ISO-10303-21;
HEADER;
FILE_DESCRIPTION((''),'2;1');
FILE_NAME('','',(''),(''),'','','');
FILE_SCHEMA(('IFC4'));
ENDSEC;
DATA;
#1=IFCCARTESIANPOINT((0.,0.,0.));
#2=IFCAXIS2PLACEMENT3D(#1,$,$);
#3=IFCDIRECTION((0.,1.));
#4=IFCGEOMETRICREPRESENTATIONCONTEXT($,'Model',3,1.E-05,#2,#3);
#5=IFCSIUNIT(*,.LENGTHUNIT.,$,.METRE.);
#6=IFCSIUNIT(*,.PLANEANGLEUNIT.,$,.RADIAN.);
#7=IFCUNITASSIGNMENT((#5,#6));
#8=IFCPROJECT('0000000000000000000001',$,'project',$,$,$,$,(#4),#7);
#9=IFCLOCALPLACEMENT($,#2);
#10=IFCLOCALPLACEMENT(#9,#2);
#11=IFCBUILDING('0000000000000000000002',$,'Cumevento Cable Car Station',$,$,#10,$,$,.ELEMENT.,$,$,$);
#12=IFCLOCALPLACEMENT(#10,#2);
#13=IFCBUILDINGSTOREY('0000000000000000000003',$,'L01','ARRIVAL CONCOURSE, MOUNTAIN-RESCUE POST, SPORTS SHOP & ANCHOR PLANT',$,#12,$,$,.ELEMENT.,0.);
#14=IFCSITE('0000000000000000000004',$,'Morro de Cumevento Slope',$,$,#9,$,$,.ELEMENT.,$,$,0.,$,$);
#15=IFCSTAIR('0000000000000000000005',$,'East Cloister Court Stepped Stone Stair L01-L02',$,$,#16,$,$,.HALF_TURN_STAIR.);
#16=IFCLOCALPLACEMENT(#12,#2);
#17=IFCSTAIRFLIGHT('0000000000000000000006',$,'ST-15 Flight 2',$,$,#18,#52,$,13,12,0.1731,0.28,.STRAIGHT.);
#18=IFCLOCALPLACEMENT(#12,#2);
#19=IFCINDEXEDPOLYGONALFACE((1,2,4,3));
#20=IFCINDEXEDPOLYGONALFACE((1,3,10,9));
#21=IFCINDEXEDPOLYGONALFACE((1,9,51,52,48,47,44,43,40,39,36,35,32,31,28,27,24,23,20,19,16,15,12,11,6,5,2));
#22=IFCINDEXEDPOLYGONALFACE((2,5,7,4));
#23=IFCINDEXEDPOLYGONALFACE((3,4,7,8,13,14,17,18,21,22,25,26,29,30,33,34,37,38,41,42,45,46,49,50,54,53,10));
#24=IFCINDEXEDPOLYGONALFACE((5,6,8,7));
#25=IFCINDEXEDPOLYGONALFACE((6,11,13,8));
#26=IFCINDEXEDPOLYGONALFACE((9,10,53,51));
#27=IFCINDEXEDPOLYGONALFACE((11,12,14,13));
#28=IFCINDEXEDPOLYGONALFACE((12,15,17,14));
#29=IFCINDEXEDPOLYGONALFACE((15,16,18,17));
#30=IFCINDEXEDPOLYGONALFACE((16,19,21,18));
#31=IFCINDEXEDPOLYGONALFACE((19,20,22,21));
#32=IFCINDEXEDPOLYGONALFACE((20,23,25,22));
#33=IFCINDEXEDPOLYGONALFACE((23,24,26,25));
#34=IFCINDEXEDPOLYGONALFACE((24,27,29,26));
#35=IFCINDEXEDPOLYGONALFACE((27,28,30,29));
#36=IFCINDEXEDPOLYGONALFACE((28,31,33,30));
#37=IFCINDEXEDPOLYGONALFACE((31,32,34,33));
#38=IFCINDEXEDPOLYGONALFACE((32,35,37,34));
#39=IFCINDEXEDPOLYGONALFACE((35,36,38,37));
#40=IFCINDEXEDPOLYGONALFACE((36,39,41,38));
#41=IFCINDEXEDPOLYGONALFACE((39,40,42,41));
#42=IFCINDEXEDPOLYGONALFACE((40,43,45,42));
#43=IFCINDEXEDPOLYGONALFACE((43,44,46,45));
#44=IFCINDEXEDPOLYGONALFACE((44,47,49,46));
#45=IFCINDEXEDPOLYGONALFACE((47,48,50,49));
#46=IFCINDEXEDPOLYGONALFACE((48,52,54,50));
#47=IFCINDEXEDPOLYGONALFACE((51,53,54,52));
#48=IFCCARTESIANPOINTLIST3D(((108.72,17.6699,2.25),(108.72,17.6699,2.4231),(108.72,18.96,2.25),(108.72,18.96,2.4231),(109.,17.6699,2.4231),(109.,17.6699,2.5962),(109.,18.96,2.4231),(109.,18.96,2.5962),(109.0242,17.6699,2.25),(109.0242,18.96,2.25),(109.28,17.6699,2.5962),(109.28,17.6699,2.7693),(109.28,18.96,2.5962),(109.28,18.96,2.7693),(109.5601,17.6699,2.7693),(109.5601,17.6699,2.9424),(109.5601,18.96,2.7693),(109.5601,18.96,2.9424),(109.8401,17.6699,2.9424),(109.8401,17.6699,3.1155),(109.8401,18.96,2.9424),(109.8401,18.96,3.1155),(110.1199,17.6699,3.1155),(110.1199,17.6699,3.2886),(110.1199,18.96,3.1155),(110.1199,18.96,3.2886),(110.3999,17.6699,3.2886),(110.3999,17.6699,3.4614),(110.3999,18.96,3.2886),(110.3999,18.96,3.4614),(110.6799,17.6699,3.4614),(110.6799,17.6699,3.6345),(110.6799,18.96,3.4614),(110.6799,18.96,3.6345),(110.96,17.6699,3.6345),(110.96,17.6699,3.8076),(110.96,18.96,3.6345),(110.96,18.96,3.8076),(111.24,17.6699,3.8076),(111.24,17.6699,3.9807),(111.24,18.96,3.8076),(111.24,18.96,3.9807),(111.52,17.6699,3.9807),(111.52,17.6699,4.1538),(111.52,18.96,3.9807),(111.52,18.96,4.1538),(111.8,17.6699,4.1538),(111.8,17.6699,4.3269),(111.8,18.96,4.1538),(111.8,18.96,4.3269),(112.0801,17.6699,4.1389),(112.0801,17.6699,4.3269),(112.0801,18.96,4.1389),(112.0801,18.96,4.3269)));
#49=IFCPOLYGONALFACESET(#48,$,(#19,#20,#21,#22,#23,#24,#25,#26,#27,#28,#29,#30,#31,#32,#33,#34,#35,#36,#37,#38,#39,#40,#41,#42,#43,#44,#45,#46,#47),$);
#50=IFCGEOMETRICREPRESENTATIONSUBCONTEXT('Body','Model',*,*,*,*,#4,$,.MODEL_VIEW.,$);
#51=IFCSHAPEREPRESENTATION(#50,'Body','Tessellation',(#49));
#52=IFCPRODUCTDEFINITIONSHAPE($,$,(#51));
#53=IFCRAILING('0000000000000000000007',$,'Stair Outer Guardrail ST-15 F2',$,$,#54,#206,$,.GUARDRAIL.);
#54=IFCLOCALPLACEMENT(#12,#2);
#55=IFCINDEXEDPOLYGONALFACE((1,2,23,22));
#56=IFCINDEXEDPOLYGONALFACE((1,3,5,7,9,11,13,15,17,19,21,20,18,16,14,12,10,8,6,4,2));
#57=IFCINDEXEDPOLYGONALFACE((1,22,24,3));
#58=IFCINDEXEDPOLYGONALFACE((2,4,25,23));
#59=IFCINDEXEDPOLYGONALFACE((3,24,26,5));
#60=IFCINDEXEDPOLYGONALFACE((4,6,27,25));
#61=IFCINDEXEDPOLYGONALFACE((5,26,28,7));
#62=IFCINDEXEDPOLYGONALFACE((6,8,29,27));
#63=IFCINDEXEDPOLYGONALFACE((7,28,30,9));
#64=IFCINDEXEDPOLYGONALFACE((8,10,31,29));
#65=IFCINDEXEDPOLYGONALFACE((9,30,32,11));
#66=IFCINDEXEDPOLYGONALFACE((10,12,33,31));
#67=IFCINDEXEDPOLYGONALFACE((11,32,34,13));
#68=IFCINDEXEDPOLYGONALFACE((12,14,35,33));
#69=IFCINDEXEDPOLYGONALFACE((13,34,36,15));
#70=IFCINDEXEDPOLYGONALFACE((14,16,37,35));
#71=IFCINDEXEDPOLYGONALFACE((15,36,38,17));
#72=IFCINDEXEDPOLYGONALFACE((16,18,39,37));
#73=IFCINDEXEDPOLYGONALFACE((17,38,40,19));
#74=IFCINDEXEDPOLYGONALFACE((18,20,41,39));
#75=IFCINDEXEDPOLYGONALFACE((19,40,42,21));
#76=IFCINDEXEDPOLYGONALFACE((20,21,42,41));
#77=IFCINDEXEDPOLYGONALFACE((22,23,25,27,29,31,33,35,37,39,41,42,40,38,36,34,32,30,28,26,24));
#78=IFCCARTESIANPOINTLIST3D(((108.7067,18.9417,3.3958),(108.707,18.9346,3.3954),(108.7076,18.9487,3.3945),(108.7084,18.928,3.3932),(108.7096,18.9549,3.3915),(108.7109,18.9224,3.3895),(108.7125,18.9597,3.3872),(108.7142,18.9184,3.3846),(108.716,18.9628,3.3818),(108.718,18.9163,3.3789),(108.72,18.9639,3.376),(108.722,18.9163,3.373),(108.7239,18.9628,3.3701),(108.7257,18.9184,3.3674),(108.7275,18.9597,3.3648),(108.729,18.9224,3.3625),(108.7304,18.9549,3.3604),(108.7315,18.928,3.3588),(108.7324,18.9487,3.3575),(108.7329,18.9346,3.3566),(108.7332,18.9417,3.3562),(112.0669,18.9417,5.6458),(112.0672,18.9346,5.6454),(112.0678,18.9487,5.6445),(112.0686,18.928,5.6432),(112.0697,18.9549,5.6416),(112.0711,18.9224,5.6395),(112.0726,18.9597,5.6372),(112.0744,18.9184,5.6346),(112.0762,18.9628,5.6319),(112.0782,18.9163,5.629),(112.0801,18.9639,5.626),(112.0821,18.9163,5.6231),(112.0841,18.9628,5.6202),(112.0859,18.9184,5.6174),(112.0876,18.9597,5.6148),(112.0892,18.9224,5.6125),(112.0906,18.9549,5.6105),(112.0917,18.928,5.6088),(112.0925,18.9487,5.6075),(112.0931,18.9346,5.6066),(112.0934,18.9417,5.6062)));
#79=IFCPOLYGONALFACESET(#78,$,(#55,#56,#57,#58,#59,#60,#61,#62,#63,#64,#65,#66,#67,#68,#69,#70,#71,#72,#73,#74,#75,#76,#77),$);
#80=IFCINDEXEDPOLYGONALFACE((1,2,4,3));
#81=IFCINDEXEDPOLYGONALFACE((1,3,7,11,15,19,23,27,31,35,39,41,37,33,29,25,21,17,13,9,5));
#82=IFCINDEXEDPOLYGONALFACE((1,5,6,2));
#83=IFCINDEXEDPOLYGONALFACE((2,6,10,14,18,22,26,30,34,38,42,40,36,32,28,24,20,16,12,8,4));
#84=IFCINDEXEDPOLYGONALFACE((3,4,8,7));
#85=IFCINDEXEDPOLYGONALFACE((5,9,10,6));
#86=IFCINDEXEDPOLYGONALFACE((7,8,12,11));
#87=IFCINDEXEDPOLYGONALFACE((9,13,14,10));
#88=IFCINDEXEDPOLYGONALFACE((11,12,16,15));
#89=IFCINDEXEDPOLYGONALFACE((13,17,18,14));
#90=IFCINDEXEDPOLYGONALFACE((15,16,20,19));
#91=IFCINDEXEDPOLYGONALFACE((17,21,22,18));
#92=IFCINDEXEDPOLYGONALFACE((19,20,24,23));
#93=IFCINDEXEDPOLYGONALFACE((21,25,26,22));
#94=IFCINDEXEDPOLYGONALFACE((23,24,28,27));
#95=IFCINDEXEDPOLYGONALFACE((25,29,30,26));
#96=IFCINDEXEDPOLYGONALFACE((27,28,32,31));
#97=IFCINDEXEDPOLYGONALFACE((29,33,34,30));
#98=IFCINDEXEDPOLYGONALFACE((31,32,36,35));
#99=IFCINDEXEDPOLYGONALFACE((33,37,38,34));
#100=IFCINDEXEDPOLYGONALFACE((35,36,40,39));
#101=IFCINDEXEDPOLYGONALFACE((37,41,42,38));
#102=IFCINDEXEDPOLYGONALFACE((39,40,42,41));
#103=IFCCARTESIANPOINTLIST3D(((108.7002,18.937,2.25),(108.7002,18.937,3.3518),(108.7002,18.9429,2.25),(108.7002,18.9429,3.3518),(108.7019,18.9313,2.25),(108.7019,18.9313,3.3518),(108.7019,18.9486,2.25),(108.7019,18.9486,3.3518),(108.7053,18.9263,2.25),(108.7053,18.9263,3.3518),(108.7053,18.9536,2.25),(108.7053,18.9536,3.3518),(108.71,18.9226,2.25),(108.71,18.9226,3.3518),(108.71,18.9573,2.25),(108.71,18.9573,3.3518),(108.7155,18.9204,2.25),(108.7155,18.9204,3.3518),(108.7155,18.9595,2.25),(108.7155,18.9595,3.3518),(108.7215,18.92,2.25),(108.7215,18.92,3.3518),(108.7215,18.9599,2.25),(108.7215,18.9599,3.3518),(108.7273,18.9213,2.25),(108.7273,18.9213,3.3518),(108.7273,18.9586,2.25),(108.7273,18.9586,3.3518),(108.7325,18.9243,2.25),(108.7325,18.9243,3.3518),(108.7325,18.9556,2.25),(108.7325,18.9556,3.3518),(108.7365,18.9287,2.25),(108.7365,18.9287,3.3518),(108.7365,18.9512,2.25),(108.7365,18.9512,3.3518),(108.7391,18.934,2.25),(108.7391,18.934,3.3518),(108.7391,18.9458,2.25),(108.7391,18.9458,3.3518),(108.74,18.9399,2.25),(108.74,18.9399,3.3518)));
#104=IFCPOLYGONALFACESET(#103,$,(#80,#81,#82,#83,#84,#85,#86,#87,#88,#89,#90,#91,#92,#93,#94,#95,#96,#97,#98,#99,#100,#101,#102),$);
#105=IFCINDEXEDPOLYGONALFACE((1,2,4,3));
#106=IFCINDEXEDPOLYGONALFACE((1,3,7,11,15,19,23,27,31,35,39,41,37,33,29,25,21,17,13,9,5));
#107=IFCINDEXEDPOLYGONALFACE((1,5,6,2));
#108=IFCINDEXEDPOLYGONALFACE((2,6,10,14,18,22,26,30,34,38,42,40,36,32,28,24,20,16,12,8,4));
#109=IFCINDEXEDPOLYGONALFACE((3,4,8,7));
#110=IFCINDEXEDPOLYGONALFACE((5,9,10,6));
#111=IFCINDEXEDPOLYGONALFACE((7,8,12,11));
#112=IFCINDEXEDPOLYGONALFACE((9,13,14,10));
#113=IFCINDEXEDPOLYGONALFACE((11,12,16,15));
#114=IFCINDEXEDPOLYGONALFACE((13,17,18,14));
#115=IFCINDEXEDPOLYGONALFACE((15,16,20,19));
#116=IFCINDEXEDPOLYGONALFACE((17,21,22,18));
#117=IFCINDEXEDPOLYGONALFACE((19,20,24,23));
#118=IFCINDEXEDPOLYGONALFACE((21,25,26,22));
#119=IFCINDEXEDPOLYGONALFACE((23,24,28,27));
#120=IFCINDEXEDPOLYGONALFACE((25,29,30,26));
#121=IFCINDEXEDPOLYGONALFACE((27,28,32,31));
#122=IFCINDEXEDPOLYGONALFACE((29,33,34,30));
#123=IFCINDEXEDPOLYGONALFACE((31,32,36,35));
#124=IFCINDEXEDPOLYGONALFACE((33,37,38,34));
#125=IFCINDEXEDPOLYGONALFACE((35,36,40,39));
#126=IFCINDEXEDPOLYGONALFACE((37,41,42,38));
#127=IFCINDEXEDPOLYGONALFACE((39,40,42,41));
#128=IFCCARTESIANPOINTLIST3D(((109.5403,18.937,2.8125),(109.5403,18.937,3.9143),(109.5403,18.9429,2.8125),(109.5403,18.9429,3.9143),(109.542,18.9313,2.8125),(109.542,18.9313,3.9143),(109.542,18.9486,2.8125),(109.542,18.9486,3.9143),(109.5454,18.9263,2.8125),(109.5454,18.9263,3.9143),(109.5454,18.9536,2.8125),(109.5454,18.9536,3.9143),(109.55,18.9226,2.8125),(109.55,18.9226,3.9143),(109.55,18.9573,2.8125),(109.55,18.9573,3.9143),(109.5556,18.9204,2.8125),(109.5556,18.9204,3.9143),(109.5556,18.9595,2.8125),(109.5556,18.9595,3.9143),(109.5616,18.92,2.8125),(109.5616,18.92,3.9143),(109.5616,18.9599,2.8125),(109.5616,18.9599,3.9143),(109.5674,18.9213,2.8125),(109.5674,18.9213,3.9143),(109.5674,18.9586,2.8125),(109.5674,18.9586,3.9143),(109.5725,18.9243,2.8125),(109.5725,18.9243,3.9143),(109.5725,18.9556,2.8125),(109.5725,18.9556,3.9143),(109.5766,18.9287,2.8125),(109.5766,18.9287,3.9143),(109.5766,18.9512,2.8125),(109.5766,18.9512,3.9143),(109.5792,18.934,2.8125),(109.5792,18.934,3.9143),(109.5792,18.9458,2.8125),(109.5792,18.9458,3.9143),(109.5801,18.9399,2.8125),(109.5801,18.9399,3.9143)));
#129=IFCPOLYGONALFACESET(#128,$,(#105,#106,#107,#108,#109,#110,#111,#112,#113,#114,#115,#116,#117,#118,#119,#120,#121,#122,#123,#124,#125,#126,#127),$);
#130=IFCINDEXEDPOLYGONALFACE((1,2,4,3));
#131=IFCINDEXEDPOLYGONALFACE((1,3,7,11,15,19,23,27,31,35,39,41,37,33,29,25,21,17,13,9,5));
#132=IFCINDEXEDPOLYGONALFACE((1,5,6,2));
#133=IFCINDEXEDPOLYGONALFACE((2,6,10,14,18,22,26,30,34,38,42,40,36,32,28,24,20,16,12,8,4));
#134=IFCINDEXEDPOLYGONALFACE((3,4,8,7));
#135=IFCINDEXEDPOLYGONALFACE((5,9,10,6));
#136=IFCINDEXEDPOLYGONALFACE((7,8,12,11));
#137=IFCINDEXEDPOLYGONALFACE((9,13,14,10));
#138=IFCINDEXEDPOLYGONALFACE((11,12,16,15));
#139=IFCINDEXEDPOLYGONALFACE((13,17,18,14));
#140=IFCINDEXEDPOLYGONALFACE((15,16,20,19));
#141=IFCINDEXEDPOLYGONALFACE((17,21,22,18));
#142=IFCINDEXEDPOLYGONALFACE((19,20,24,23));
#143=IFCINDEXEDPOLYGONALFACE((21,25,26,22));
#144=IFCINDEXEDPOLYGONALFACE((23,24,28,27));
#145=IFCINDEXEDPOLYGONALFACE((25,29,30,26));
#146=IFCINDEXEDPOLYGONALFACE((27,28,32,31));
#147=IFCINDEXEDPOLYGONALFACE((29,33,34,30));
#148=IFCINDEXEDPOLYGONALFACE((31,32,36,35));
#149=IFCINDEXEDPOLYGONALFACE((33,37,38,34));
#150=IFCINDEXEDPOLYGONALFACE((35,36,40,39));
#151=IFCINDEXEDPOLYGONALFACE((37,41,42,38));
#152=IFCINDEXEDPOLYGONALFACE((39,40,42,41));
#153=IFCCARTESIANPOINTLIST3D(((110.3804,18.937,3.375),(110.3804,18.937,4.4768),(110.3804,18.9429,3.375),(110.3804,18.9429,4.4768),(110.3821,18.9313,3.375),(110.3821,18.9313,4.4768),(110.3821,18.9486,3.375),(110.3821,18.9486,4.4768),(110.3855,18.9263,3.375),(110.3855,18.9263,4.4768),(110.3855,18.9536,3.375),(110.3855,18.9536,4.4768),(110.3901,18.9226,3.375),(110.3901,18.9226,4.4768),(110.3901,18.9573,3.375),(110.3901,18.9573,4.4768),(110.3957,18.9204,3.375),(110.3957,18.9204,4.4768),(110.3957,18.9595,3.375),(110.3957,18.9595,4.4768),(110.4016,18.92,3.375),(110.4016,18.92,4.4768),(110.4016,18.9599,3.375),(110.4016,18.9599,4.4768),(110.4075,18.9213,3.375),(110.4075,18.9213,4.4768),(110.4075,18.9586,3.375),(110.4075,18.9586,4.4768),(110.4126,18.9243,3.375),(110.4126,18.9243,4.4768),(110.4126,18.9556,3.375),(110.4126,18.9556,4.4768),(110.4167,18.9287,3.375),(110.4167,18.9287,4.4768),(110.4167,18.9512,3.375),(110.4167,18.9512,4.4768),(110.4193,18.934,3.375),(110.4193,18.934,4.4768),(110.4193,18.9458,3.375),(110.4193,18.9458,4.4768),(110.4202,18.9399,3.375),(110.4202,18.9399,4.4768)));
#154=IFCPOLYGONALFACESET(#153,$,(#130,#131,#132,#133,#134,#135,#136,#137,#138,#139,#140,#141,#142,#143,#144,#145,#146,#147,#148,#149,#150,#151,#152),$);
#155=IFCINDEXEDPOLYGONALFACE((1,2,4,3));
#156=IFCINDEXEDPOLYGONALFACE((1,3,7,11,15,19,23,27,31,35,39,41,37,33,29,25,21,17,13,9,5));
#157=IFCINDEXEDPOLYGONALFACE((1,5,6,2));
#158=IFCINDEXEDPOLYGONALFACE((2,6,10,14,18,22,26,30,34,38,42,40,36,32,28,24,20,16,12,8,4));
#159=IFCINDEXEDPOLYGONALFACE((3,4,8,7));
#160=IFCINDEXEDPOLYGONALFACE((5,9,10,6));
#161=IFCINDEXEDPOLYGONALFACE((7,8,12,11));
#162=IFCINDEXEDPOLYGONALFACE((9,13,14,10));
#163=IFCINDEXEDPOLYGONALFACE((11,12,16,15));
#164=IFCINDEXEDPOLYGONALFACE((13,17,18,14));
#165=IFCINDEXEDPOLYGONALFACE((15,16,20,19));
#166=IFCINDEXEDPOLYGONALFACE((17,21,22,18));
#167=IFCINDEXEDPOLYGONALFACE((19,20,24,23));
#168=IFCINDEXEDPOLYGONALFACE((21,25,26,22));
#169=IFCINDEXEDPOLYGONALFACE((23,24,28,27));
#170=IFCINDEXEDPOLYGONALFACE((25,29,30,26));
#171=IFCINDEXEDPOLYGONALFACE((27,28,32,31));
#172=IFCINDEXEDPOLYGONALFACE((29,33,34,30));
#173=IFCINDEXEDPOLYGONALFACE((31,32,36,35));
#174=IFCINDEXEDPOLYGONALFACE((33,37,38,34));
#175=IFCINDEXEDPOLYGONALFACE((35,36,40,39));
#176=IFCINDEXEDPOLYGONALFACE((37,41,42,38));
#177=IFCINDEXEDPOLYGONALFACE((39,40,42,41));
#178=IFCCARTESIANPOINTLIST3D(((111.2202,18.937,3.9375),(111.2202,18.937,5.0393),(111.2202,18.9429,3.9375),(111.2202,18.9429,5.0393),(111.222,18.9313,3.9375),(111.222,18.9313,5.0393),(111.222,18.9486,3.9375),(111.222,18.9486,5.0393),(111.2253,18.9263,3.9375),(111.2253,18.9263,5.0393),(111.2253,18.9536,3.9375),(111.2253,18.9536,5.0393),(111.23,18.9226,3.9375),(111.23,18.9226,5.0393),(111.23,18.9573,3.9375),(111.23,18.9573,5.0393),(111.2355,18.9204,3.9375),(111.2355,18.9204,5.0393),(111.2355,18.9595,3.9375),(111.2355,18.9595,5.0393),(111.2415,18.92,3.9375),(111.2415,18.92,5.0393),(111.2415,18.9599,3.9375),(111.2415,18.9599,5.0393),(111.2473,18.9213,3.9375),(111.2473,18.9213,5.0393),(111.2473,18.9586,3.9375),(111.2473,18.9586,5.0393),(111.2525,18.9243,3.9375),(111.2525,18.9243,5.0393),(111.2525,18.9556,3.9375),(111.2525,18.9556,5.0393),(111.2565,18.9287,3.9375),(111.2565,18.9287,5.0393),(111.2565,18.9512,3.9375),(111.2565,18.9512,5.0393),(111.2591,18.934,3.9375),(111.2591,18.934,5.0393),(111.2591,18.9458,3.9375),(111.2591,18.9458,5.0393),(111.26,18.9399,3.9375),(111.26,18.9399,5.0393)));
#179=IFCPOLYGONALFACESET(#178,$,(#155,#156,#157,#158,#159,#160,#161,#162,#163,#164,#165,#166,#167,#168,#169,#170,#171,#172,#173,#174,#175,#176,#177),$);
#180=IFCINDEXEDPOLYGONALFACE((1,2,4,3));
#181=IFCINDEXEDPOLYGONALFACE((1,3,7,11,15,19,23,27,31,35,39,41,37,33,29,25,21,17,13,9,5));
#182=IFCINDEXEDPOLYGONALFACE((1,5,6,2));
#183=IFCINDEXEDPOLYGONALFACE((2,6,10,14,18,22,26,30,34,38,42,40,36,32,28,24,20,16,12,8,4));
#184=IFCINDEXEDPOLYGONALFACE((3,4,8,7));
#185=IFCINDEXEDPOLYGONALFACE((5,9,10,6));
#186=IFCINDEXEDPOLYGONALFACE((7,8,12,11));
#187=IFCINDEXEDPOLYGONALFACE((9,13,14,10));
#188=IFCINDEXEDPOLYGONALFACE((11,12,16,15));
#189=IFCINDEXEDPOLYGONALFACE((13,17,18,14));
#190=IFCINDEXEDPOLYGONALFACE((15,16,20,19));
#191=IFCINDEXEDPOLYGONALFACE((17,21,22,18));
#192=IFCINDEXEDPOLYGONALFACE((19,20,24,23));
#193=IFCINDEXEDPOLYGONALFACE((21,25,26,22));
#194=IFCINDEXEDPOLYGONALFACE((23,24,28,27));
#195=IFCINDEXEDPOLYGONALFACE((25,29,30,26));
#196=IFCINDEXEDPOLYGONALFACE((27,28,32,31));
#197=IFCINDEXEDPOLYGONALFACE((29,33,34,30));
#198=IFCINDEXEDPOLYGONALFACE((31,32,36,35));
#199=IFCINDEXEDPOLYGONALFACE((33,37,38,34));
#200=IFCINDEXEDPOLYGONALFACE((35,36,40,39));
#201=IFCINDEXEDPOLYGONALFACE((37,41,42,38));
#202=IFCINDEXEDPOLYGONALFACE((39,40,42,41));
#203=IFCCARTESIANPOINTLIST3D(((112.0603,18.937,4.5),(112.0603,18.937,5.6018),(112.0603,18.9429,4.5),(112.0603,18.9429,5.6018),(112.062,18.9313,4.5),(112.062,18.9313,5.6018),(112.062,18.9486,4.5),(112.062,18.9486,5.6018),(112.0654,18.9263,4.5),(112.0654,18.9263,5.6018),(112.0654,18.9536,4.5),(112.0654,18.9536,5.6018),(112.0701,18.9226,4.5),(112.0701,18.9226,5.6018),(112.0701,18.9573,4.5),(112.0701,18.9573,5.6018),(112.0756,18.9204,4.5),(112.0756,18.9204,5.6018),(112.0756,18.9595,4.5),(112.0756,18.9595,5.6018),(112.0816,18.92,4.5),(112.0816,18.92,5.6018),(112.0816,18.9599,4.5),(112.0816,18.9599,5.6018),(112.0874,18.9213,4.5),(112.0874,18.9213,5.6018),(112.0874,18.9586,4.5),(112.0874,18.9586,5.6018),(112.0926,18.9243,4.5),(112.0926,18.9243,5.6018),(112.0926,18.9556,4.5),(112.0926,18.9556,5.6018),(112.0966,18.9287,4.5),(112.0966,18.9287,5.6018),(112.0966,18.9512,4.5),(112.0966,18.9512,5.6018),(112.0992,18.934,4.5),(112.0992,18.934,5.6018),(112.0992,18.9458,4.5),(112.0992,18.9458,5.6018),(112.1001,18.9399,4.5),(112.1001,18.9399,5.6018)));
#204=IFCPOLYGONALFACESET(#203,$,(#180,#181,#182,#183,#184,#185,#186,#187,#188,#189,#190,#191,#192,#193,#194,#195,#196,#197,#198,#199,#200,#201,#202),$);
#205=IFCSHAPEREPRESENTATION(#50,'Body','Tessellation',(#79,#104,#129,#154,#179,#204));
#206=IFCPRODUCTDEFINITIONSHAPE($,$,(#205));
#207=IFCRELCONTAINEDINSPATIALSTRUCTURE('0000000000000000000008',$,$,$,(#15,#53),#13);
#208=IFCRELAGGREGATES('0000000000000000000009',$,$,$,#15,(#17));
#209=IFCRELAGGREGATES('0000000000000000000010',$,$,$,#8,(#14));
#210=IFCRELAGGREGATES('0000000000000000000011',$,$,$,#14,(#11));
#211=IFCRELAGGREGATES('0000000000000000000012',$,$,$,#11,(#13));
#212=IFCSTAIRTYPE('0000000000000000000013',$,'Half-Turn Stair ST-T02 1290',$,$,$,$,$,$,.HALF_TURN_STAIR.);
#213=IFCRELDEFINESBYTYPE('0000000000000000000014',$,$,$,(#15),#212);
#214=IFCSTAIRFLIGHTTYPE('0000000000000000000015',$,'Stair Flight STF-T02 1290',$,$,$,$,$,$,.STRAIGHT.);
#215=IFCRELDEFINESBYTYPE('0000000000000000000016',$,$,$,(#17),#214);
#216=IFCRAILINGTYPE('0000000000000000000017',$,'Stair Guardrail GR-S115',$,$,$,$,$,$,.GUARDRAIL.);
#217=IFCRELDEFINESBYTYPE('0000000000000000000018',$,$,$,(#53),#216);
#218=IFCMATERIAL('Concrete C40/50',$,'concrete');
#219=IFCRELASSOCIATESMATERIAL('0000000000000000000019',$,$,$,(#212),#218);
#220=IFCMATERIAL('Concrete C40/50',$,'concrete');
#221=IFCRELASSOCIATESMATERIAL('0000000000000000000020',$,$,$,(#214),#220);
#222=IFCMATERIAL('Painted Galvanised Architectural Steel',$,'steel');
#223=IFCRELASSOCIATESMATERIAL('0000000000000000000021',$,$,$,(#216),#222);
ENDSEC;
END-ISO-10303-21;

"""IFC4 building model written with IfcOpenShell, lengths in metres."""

from ifc_helpers import new_model, si_unit, direction, frame, origin, origin_2d, place, context, subcontext, project, spatial, polyline, circle, outline, extrude, material, type_object, element, aggregate, save


model = new_model("IFC4")

# Units and contexts
model_context = context("Model", 3, precision=1e-05, world=origin(), true_north=direction((0.0, 1.0)))
body_context = subcontext(model_context, "Body", "Model", "MODEL_VIEW")
ifc_project = project(units=[si_unit("LENGTHUNIT", "METRE"), si_unit("PLANEANGLEUNIT", "RADIAN")], contexts=[model_context])

# Site, building, storey
site_placement = place(None, origin())
site = spatial("IfcSite", under=ifc_project, at=site_placement, Name="Morro de Cumevento Slope", CompositionType="ELEMENT", RefElevation=0.0)
building_placement = place(site_placement, origin())
building = spatial("IfcBuilding", under=site, at=building_placement, Name="Cumevento Cable Car Station", CompositionType="ELEMENT")
storey_placement = place(building_placement, origin())
storey = spatial("IfcBuildingStorey", under=building, at=storey_placement, Name="L01", Description="ARRIVAL CONCOURSE, MOUNTAIN-RESCUE POST, SPORTS SHOP & ANCHOR PLANT", CompositionType="ELEMENT", Elevation=0.0)

# Stair, stair flight
ifc_material_1 = material(Name="Concrete C40/50", Category="concrete")
stair_type = type_object("IfcStairType", Name="Half-Turn Stair ST-T02 1290", PredefinedType="HALF_TURN_STAIR", material=ifc_material_1)
stair_placement = place(storey_placement, origin())
stair = element("IfcStair", 1, at=stair_placement, inside=storey, type_object=stair_type, Name="East Cloister Court Stepped Stone Stair L01-L02", PredefinedType="HALF_TURN_STAIR")
ifc_material_2 = material(Name="Concrete C40/50", Category="concrete")
stair_flight_type = type_object("IfcStairFlightType", Name="Stair Flight STF-T02 1290", PredefinedType="STRAIGHT", material=ifc_material_2)
stair_flight_placement = place(storey_placement, frame((108.72, 18.3149, 2.25), z_axis=(0.0, 0.0, 1.0), x_axis=(1.0, 0.0, 0.0)))
stair_flight = element("IfcStairFlight", 2, at=stair_flight_placement, type_object=stair_flight_type, Name="ST-15 Flight 2", NumberOfRisers=13, NumberOfTreads=12, PredefinedType="STRAIGHT", RiserHeight=0.1731, TreadLength=0.28, context=body_context, shape_type="SweptSolid", body=[
    extrude(outline(polyline([(0.0, 0.0), (0.0, 0.1731), (0.28, 0.1731), (0.28, 0.3462), (0.5601, 0.3462), (0.5601, 0.5193), (0.8401, 0.5193), (0.8401, 0.6924), (1.1201, 0.6924), (1.1201, 0.8655), (1.3999, 0.8655), (1.3999, 1.0386), (1.6799, 1.0386), (1.6799, 1.2114), (1.96, 1.2114), (1.96, 1.3845), (2.24, 1.3845), (2.24, 1.5576), (2.52, 1.5576), (2.52, 1.7307), (2.8, 1.7307), (2.8, 1.9038), (3.0801, 1.9038), (3.0801, 2.0769), (3.3601, 2.0769), (3.3601, 2.25), (3.3601, 1.8889), (0.3042, 0.0), (0.0, 0.0)])), frame((0.0, 0.645, 0.0), z_axis=(0.0, -1.0, 0.0), x_axis=(1.0, 0.0, 0.0)), (0.0, 0.0, 1.0), 1.29),
])
aggregate(stair, [stair_flight])

# Railing
ifc_material_3 = material(Name="Painted Galvanised Architectural Steel", Category="steel")
railing_type_1 = type_object("IfcRailingType", Name="Stair Guardrail GR-S115", PredefinedType="GUARDRAIL", material=ifc_material_3)
railing_1_placement = place(storey_placement, frame((108.72, 18.9399, 2.25)))
element("IfcRailing", 3, at=railing_1_placement, inside=storey, type_object=railing_type_1, Name="Stair Outer Guardrail ST-15 F2", PredefinedType="GUARDRAIL", context=body_context, shape_type="SweptSolid", body=[
    extrude(circle(Radius=0.0239, at=origin_2d()), frame((0.0, 0.0, 1.126), z_axis=(0.830915, 0.0, 0.556399), x_axis=(0.0, 1.0, 0.0)), (0.0, 0.0, 1.0), 4.0439),
    extrude(circle(Radius=0.02, at=origin_2d()), origin(), (0.0, 0.0, 1.0), 1.1018),
    extrude(circle(Radius=0.02, at=origin_2d()), frame((0.8401, 0.0, 0.5625)), (0.0, 0.0, 1.0), 1.1018),
    extrude(circle(Radius=0.02, at=origin_2d()), frame((1.6802, 0.0, 1.125)), (0.0, 0.0, 1.0), 1.1018),
    extrude(circle(Radius=0.02, at=origin_2d()), frame((2.52, 0.0, 1.6875)), (0.0, 0.0, 1.0), 1.1018),
    extrude(circle(Radius=0.02, at=origin_2d()), frame((3.3601, 0.0, 2.25)), (0.0, 0.0, 1.0), 1.1018),
])

save(model, "model.ifc")
